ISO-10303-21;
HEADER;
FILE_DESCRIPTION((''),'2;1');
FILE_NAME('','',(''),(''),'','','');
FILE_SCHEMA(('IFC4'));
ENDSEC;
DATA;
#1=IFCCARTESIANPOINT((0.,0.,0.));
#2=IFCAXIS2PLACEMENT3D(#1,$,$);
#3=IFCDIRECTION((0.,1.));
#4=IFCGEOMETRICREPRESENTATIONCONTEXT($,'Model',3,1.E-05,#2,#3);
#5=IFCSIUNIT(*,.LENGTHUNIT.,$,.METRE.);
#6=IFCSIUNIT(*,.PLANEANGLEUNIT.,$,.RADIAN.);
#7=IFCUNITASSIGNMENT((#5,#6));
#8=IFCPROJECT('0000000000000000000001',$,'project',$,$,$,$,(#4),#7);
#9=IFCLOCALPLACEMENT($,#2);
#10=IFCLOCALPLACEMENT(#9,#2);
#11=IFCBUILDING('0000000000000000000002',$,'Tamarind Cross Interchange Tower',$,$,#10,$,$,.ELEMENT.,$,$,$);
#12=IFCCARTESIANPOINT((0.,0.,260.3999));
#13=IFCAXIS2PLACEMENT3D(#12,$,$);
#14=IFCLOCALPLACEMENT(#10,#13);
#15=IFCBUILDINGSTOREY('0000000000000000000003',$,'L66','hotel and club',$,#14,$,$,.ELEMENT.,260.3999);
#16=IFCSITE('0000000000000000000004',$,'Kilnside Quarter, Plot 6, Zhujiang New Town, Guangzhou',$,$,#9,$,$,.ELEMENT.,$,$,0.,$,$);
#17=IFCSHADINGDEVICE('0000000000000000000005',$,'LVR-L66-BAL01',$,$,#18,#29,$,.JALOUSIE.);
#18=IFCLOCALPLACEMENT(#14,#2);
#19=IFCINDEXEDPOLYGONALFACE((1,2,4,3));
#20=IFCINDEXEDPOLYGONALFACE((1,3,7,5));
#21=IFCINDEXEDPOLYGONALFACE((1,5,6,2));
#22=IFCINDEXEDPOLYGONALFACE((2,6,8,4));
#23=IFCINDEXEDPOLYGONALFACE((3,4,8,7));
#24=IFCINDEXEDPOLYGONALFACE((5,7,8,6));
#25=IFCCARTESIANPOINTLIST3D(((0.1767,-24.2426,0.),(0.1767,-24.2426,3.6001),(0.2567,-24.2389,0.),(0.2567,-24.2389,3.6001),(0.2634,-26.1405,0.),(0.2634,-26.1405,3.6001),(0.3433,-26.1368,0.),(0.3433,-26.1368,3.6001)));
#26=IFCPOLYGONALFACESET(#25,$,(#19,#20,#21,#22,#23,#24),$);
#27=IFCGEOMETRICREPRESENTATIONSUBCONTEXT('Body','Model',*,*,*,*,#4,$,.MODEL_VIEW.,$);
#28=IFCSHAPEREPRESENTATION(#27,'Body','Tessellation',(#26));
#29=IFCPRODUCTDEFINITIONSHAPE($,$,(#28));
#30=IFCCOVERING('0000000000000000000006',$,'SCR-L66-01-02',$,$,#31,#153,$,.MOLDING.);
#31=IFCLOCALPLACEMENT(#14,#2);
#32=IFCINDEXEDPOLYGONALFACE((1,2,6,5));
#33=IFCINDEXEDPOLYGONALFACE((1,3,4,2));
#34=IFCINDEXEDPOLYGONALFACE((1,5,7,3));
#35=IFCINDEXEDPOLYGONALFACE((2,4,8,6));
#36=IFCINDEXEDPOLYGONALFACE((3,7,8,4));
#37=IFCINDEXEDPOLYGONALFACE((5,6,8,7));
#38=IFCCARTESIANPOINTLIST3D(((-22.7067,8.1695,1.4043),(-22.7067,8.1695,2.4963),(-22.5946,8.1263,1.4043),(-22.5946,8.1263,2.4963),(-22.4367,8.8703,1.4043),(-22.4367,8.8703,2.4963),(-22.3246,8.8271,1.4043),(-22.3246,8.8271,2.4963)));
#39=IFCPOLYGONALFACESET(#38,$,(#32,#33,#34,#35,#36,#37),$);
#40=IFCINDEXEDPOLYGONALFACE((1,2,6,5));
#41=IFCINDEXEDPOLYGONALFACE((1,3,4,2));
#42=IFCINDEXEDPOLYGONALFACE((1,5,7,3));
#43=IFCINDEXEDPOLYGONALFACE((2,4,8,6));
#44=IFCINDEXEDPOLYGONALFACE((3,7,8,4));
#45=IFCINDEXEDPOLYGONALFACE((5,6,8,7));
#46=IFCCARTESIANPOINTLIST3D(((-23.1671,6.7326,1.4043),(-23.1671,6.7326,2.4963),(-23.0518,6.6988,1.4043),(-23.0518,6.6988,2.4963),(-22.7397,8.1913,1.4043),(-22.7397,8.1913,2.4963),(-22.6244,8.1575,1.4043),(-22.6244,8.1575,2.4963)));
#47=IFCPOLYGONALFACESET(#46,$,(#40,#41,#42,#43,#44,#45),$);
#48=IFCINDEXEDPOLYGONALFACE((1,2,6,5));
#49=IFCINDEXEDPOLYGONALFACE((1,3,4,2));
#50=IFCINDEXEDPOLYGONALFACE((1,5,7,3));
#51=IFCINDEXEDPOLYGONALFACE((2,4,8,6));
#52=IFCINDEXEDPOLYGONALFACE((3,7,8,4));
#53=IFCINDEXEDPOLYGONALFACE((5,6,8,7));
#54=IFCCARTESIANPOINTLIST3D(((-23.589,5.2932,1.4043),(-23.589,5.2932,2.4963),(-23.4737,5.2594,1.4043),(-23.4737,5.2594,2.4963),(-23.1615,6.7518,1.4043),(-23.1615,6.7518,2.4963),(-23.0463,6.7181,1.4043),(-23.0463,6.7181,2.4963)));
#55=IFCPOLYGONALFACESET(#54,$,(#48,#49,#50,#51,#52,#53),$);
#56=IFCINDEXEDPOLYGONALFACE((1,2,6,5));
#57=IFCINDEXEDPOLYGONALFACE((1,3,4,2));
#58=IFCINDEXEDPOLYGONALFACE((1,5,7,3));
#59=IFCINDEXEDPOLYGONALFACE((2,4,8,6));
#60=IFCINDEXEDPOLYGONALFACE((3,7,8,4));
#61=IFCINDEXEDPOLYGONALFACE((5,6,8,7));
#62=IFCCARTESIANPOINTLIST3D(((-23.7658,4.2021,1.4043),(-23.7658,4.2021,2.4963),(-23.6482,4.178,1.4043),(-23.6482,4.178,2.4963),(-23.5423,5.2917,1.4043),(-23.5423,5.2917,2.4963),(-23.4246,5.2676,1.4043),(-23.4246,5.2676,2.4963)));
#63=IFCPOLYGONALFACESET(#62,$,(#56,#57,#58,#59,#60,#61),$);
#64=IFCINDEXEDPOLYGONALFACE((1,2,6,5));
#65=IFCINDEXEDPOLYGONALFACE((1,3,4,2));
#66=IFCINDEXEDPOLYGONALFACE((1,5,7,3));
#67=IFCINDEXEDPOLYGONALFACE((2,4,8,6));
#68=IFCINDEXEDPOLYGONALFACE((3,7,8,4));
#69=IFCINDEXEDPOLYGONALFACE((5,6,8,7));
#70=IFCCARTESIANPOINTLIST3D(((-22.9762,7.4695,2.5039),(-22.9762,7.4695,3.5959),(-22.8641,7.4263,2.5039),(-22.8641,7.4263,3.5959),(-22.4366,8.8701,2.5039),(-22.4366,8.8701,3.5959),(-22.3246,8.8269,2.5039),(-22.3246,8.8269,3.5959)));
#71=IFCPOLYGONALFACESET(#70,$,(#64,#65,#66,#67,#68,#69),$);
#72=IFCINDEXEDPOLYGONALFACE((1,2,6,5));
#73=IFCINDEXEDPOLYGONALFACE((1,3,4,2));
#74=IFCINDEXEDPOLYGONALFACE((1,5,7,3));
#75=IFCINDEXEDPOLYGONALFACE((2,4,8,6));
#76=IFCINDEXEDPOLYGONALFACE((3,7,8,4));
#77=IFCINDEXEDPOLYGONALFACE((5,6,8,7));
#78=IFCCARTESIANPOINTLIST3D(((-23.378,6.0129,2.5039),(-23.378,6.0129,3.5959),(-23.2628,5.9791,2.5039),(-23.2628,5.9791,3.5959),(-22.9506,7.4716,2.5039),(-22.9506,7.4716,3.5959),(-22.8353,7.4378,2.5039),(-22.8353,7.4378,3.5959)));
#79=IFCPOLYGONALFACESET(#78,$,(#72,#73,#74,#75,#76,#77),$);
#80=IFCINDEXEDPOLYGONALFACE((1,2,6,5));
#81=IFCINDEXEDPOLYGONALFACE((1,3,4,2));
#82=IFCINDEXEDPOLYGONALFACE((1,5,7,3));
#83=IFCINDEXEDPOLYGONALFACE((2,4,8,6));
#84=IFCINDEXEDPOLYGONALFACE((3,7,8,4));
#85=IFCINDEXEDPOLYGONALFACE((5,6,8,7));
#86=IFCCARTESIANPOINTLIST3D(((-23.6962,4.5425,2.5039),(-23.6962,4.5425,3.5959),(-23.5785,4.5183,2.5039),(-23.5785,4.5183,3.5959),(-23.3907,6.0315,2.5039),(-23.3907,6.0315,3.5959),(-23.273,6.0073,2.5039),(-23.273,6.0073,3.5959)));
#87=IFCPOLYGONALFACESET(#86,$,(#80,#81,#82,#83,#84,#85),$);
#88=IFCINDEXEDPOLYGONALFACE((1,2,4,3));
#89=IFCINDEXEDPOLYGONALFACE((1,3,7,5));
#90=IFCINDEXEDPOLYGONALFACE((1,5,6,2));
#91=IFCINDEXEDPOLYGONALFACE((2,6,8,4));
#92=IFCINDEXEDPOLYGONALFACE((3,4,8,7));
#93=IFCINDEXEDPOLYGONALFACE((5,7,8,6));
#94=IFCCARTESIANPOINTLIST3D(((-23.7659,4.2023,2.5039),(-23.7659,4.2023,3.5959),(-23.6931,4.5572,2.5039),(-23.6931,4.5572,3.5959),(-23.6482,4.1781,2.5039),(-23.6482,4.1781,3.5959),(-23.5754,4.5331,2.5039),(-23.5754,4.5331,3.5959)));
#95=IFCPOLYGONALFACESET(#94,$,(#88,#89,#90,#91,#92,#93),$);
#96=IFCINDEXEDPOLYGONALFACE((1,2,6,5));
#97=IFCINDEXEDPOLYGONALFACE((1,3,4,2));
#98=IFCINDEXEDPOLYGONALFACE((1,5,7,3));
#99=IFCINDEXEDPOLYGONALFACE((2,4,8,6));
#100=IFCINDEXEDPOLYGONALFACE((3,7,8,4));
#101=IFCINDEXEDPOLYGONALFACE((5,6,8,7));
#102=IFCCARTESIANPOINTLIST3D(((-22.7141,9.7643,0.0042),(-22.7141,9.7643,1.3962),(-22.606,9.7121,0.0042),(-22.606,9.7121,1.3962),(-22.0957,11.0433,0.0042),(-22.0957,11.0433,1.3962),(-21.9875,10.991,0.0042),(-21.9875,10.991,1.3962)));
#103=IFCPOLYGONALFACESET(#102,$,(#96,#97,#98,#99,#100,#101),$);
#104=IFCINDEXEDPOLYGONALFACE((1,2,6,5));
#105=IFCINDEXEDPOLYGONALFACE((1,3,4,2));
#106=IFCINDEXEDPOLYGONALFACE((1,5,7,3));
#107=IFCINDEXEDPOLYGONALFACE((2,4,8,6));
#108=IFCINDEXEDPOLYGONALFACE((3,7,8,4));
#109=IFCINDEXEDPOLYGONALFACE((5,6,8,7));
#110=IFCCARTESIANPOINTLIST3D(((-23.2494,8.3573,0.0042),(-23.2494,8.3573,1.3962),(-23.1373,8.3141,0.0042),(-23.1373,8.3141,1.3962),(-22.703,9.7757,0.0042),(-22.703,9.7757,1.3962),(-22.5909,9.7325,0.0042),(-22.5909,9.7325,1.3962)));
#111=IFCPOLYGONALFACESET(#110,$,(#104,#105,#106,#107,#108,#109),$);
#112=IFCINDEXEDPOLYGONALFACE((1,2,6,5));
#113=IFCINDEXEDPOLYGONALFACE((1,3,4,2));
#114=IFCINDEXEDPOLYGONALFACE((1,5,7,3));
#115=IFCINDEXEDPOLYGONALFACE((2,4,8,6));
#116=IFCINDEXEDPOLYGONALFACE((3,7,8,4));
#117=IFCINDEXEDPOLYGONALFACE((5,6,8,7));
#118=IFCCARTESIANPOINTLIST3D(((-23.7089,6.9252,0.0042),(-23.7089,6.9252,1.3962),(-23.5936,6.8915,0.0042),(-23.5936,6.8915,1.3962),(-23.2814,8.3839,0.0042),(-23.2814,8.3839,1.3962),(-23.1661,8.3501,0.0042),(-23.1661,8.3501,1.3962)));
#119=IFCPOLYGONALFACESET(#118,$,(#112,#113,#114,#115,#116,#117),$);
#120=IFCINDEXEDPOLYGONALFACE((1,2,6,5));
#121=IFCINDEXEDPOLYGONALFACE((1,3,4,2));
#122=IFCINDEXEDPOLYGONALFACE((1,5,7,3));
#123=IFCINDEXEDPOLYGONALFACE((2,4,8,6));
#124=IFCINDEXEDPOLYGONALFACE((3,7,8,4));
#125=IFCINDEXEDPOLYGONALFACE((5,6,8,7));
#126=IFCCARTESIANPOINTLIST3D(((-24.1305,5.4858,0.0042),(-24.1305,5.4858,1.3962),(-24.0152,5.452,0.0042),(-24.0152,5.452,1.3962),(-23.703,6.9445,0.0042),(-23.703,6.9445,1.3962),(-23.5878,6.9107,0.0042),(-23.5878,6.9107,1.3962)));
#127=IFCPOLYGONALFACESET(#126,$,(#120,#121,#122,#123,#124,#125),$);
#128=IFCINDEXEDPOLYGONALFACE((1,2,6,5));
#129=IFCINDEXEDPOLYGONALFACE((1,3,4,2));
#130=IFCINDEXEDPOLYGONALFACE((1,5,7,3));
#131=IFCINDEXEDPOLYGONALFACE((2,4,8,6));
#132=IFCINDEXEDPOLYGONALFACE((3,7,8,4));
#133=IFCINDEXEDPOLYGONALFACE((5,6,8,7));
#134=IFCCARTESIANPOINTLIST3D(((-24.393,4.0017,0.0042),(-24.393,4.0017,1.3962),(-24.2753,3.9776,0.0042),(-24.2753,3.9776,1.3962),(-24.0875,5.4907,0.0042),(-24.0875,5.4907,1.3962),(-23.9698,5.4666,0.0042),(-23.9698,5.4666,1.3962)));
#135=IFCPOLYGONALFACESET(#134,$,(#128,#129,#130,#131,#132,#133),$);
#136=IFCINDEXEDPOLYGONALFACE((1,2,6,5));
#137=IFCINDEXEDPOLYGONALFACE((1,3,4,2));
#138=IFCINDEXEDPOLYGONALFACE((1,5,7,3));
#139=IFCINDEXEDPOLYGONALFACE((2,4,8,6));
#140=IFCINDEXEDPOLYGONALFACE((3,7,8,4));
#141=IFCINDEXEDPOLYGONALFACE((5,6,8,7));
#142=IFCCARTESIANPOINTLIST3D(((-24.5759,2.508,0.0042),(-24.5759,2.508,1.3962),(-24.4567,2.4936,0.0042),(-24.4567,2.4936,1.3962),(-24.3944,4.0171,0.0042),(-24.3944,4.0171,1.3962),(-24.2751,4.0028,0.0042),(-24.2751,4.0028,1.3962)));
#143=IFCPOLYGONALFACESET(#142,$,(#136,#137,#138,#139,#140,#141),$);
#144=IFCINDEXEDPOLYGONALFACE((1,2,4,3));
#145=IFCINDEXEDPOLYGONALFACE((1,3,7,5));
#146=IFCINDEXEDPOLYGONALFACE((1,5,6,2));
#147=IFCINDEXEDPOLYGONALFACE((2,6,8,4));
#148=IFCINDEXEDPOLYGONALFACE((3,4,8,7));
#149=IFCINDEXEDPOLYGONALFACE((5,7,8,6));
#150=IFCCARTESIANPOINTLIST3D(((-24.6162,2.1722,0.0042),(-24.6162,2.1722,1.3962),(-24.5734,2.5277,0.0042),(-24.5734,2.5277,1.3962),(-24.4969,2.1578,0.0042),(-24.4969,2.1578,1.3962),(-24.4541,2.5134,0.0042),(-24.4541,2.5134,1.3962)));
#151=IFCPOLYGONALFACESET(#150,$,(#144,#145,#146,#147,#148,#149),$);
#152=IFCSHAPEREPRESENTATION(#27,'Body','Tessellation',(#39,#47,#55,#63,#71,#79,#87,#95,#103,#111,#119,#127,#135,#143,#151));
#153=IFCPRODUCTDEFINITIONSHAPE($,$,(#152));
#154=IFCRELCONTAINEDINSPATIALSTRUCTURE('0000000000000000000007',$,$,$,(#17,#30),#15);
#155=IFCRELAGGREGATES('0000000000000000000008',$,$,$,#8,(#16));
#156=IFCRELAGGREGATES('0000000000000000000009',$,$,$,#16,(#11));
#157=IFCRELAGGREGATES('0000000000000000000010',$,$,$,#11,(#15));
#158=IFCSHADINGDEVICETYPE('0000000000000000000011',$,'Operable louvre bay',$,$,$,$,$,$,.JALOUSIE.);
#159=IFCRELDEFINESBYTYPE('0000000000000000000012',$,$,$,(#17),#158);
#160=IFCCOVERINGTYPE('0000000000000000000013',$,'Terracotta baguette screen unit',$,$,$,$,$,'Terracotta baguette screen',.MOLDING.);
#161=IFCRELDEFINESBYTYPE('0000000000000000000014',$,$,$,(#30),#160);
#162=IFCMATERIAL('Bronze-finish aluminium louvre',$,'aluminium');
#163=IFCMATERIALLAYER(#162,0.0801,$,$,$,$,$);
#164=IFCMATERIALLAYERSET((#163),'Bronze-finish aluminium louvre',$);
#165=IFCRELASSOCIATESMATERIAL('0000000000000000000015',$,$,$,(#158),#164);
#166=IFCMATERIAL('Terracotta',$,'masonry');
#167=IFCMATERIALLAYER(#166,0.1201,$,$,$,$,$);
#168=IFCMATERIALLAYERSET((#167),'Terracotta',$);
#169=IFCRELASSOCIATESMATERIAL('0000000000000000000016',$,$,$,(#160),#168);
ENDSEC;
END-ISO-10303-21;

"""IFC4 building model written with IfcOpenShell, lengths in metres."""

from ifc_helpers import new_model, si_unit, direction, frame, origin, origin_2d, place, context, subcontext, project, spatial, rectangle, extrude, material, layer, layer_set, type_object, element, save


model = new_model("IFC4")

# Units and contexts
model_context = context("Model", 3, precision=1e-05, world=origin(), true_north=direction((0.0, 1.0)))
body_context = subcontext(model_context, "Body", "Model", "MODEL_VIEW")
ifc_project = project(units=[si_unit("LENGTHUNIT", "METRE"), si_unit("PLANEANGLEUNIT", "RADIAN")], contexts=[model_context])

# Site, building, storey
site_placement = place(None, origin())
site = spatial("IfcSite", under=ifc_project, at=site_placement, Name="Kilnside Quarter, Plot 6, Zhujiang New Town, Guangzhou", CompositionType="ELEMENT", RefElevation=0.0)
building_placement = place(site_placement, origin())
building = spatial("IfcBuilding", under=site, at=building_placement, Name="Tamarind Cross Interchange Tower", CompositionType="ELEMENT")
storey_placement = place(building_placement, frame((0.0, 0.0, 260.3999)))
storey = spatial("IfcBuildingStorey", under=building, at=storey_placement, Name="L66", Description="hotel and club", CompositionType="ELEMENT", Elevation=260.3999)

# Shading device
ifc_material_1 = material(Name="Bronze-finish aluminium louvre", Category="aluminium")
ifc_layer_1 = layer(ifc_material_1, 0.0801)
ifc_layer_set_1 = layer_set([ifc_layer_1], Name="Bronze-finish aluminium louvre")
shading_device_type = type_object("IfcShadingDeviceType", Name="Operable louvre bay", PredefinedType="JALOUSIE", material=ifc_layer_set_1)
shading_device_placement = place(storey_placement, origin())
element("IfcShadingDevice", 1, at=shading_device_placement, inside=storey, type_object=shading_device_type, Name="LVR-L66-BAL01", PredefinedType="JALOUSIE", context=body_context, shape_type="SweptSolid", body=[
    extrude(rectangle(XDim=1.8999, YDim=0.0801, at=origin_2d()), frame((0.26, -25.1897, 0.0), z_axis=(0.0, 0.0, 1.0), x_axis=(0.045624, -0.998959, 0.0)), (0.0, 0.0, 1.0), 3.6001),
])

# Covering
ifc_material_2 = material(Name="Terracotta", Category="masonry")
ifc_layer_2 = layer(ifc_material_2, 0.1201)
ifc_layer_set_2 = layer_set([ifc_layer_2], Name="Terracotta")
covering_type = type_object("IfcCoveringType", Name="Terracotta baguette screen unit", ElementType="Terracotta baguette screen", PredefinedType="MOLDING", material=ifc_layer_set_2)
covering_1_placement = place(storey_placement, origin())
element("IfcCovering", 2, at=covering_1_placement, inside=storey, type_object=covering_type, Name="SCR-L66-01-02", PredefinedType="MOLDING", context=body_context, shape_type="SweptSolid", body=[
    extrude(rectangle(XDim=0.751, YDim=0.1201, at=origin_2d()), frame((-22.5156, 8.4983, 1.4043), z_axis=(0.0, 0.0, 1.0), x_axis=(-0.359495, -0.933147, 0.0)), (0.0, 0.0, 1.0), 1.092),
    extrude(rectangle(XDim=1.52, YDim=0.1201, at=origin_2d()), frame((-22.8958, 7.4451, 1.4043), z_axis=(0.0, 0.0, 1.0), x_axis=(-0.281209, -0.959647, 0.0)), (0.0, 0.0, 1.0), 1.092),
    extrude(rectangle(XDim=1.52, YDim=0.1201, at=origin_2d()), frame((-23.3176, 6.0056, 1.4043), z_axis=(0.0, 0.0, 1.0), x_axis=(-0.281209, -0.959647, 0.0)), (0.0, 0.0, 1.0), 1.092),
    extrude(rectangle(XDim=1.1123, YDim=0.1201, at=origin_2d()), frame((-23.5952, 4.7349, 1.4043), z_axis=(0.0, 0.0, 1.0), x_axis=(-0.201001, -0.979591, 0.0)), (0.0, 0.0, 1.0), 1.092),
    extrude(rectangle(XDim=1.501, YDim=0.1201, at=origin_2d()), frame((-22.6504, 8.1482, 2.5039), z_axis=(0.0, 0.0, 1.0), x_axis=(-0.359495, -0.933147, 0.0)), (0.0, 0.0, 1.0), 1.092),
    extrude(rectangle(XDim=1.52, YDim=0.1201, at=origin_2d()), frame((-23.1067, 6.7253, 2.5039), z_axis=(0.0, 0.0, 1.0), x_axis=(-0.281209, -0.959647, 0.0)), (0.0, 0.0, 1.0), 1.092),
    extrude(rectangle(XDim=1.52, YDim=0.1201, at=origin_2d()), frame((-23.4846, 5.2749, 2.5039), z_axis=(0.0, 0.0, 1.0), x_axis=(-0.201001, -0.979591, 0.0)), (0.0, 0.0, 1.0), 1.092),
    extrude(rectangle(XDim=0.3623, YDim=0.1201, at=origin_2d()), frame((-23.6707, 4.3677, 2.5039), z_axis=(0.0, 0.0, 1.0), x_axis=(-0.201001, -0.979591, 0.0)), (0.0, 0.0, 1.0), 1.092),
    extrude(rectangle(XDim=1.4207, YDim=0.1201, at=origin_2d()), frame((-22.3508, 10.3777, 0.0042), z_axis=(0.0, 0.0, 1.0), x_axis=(-0.435326, -0.900273, 0.0)), (0.0, 0.0, 1.0), 1.3921),
    extrude(rectangle(XDim=1.52, YDim=0.1201, at=origin_2d()), frame((-22.9202, 9.0449, 0.0042), z_axis=(0.0, 0.0, 1.0), x_axis=(-0.359495, -0.933147, 0.0)), (0.0, 0.0, 1.0), 1.3921),
    extrude(rectangle(XDim=1.52, YDim=0.1201, at=origin_2d()), frame((-23.4375, 7.6377, 0.0042), z_axis=(0.0, 0.0, 1.0), x_axis=(-0.281209, -0.959647, 0.0)), (0.0, 0.0, 1.0), 1.3921),
    extrude(rectangle(XDim=1.52, YDim=0.1201, at=origin_2d()), frame((-23.8591, 6.1982, 0.0042), z_axis=(0.0, 0.0, 1.0), x_axis=(-0.281209, -0.959647, 0.0)), (0.0, 0.0, 1.0), 1.3921),
    extrude(rectangle(XDim=1.52, YDim=0.1201, at=origin_2d()), frame((-24.1814, 4.7341, 0.0042), z_axis=(0.0, 0.0, 1.0), x_axis=(-0.201001, -0.979591, 0.0)), (0.0, 0.0, 1.0), 1.3921),
    extrude(rectangle(XDim=1.52, YDim=0.1201, at=origin_2d()), frame((-24.4255, 3.2554, 0.0042), z_axis=(0.0, 0.0, 1.0), x_axis=(-0.119421, -0.992844, 0.0)), (0.0, 0.0, 1.0), 1.3921),
    extrude(rectangle(XDim=0.3582, YDim=0.1201, at=origin_2d()), frame((-24.5352, 2.3428, 0.0042), z_axis=(0.0, 0.0, 1.0), x_axis=(-0.119421, -0.992844, 0.0)), (0.0, 0.0, 1.0), 1.3921),
])

save(model, "model.ifc")
